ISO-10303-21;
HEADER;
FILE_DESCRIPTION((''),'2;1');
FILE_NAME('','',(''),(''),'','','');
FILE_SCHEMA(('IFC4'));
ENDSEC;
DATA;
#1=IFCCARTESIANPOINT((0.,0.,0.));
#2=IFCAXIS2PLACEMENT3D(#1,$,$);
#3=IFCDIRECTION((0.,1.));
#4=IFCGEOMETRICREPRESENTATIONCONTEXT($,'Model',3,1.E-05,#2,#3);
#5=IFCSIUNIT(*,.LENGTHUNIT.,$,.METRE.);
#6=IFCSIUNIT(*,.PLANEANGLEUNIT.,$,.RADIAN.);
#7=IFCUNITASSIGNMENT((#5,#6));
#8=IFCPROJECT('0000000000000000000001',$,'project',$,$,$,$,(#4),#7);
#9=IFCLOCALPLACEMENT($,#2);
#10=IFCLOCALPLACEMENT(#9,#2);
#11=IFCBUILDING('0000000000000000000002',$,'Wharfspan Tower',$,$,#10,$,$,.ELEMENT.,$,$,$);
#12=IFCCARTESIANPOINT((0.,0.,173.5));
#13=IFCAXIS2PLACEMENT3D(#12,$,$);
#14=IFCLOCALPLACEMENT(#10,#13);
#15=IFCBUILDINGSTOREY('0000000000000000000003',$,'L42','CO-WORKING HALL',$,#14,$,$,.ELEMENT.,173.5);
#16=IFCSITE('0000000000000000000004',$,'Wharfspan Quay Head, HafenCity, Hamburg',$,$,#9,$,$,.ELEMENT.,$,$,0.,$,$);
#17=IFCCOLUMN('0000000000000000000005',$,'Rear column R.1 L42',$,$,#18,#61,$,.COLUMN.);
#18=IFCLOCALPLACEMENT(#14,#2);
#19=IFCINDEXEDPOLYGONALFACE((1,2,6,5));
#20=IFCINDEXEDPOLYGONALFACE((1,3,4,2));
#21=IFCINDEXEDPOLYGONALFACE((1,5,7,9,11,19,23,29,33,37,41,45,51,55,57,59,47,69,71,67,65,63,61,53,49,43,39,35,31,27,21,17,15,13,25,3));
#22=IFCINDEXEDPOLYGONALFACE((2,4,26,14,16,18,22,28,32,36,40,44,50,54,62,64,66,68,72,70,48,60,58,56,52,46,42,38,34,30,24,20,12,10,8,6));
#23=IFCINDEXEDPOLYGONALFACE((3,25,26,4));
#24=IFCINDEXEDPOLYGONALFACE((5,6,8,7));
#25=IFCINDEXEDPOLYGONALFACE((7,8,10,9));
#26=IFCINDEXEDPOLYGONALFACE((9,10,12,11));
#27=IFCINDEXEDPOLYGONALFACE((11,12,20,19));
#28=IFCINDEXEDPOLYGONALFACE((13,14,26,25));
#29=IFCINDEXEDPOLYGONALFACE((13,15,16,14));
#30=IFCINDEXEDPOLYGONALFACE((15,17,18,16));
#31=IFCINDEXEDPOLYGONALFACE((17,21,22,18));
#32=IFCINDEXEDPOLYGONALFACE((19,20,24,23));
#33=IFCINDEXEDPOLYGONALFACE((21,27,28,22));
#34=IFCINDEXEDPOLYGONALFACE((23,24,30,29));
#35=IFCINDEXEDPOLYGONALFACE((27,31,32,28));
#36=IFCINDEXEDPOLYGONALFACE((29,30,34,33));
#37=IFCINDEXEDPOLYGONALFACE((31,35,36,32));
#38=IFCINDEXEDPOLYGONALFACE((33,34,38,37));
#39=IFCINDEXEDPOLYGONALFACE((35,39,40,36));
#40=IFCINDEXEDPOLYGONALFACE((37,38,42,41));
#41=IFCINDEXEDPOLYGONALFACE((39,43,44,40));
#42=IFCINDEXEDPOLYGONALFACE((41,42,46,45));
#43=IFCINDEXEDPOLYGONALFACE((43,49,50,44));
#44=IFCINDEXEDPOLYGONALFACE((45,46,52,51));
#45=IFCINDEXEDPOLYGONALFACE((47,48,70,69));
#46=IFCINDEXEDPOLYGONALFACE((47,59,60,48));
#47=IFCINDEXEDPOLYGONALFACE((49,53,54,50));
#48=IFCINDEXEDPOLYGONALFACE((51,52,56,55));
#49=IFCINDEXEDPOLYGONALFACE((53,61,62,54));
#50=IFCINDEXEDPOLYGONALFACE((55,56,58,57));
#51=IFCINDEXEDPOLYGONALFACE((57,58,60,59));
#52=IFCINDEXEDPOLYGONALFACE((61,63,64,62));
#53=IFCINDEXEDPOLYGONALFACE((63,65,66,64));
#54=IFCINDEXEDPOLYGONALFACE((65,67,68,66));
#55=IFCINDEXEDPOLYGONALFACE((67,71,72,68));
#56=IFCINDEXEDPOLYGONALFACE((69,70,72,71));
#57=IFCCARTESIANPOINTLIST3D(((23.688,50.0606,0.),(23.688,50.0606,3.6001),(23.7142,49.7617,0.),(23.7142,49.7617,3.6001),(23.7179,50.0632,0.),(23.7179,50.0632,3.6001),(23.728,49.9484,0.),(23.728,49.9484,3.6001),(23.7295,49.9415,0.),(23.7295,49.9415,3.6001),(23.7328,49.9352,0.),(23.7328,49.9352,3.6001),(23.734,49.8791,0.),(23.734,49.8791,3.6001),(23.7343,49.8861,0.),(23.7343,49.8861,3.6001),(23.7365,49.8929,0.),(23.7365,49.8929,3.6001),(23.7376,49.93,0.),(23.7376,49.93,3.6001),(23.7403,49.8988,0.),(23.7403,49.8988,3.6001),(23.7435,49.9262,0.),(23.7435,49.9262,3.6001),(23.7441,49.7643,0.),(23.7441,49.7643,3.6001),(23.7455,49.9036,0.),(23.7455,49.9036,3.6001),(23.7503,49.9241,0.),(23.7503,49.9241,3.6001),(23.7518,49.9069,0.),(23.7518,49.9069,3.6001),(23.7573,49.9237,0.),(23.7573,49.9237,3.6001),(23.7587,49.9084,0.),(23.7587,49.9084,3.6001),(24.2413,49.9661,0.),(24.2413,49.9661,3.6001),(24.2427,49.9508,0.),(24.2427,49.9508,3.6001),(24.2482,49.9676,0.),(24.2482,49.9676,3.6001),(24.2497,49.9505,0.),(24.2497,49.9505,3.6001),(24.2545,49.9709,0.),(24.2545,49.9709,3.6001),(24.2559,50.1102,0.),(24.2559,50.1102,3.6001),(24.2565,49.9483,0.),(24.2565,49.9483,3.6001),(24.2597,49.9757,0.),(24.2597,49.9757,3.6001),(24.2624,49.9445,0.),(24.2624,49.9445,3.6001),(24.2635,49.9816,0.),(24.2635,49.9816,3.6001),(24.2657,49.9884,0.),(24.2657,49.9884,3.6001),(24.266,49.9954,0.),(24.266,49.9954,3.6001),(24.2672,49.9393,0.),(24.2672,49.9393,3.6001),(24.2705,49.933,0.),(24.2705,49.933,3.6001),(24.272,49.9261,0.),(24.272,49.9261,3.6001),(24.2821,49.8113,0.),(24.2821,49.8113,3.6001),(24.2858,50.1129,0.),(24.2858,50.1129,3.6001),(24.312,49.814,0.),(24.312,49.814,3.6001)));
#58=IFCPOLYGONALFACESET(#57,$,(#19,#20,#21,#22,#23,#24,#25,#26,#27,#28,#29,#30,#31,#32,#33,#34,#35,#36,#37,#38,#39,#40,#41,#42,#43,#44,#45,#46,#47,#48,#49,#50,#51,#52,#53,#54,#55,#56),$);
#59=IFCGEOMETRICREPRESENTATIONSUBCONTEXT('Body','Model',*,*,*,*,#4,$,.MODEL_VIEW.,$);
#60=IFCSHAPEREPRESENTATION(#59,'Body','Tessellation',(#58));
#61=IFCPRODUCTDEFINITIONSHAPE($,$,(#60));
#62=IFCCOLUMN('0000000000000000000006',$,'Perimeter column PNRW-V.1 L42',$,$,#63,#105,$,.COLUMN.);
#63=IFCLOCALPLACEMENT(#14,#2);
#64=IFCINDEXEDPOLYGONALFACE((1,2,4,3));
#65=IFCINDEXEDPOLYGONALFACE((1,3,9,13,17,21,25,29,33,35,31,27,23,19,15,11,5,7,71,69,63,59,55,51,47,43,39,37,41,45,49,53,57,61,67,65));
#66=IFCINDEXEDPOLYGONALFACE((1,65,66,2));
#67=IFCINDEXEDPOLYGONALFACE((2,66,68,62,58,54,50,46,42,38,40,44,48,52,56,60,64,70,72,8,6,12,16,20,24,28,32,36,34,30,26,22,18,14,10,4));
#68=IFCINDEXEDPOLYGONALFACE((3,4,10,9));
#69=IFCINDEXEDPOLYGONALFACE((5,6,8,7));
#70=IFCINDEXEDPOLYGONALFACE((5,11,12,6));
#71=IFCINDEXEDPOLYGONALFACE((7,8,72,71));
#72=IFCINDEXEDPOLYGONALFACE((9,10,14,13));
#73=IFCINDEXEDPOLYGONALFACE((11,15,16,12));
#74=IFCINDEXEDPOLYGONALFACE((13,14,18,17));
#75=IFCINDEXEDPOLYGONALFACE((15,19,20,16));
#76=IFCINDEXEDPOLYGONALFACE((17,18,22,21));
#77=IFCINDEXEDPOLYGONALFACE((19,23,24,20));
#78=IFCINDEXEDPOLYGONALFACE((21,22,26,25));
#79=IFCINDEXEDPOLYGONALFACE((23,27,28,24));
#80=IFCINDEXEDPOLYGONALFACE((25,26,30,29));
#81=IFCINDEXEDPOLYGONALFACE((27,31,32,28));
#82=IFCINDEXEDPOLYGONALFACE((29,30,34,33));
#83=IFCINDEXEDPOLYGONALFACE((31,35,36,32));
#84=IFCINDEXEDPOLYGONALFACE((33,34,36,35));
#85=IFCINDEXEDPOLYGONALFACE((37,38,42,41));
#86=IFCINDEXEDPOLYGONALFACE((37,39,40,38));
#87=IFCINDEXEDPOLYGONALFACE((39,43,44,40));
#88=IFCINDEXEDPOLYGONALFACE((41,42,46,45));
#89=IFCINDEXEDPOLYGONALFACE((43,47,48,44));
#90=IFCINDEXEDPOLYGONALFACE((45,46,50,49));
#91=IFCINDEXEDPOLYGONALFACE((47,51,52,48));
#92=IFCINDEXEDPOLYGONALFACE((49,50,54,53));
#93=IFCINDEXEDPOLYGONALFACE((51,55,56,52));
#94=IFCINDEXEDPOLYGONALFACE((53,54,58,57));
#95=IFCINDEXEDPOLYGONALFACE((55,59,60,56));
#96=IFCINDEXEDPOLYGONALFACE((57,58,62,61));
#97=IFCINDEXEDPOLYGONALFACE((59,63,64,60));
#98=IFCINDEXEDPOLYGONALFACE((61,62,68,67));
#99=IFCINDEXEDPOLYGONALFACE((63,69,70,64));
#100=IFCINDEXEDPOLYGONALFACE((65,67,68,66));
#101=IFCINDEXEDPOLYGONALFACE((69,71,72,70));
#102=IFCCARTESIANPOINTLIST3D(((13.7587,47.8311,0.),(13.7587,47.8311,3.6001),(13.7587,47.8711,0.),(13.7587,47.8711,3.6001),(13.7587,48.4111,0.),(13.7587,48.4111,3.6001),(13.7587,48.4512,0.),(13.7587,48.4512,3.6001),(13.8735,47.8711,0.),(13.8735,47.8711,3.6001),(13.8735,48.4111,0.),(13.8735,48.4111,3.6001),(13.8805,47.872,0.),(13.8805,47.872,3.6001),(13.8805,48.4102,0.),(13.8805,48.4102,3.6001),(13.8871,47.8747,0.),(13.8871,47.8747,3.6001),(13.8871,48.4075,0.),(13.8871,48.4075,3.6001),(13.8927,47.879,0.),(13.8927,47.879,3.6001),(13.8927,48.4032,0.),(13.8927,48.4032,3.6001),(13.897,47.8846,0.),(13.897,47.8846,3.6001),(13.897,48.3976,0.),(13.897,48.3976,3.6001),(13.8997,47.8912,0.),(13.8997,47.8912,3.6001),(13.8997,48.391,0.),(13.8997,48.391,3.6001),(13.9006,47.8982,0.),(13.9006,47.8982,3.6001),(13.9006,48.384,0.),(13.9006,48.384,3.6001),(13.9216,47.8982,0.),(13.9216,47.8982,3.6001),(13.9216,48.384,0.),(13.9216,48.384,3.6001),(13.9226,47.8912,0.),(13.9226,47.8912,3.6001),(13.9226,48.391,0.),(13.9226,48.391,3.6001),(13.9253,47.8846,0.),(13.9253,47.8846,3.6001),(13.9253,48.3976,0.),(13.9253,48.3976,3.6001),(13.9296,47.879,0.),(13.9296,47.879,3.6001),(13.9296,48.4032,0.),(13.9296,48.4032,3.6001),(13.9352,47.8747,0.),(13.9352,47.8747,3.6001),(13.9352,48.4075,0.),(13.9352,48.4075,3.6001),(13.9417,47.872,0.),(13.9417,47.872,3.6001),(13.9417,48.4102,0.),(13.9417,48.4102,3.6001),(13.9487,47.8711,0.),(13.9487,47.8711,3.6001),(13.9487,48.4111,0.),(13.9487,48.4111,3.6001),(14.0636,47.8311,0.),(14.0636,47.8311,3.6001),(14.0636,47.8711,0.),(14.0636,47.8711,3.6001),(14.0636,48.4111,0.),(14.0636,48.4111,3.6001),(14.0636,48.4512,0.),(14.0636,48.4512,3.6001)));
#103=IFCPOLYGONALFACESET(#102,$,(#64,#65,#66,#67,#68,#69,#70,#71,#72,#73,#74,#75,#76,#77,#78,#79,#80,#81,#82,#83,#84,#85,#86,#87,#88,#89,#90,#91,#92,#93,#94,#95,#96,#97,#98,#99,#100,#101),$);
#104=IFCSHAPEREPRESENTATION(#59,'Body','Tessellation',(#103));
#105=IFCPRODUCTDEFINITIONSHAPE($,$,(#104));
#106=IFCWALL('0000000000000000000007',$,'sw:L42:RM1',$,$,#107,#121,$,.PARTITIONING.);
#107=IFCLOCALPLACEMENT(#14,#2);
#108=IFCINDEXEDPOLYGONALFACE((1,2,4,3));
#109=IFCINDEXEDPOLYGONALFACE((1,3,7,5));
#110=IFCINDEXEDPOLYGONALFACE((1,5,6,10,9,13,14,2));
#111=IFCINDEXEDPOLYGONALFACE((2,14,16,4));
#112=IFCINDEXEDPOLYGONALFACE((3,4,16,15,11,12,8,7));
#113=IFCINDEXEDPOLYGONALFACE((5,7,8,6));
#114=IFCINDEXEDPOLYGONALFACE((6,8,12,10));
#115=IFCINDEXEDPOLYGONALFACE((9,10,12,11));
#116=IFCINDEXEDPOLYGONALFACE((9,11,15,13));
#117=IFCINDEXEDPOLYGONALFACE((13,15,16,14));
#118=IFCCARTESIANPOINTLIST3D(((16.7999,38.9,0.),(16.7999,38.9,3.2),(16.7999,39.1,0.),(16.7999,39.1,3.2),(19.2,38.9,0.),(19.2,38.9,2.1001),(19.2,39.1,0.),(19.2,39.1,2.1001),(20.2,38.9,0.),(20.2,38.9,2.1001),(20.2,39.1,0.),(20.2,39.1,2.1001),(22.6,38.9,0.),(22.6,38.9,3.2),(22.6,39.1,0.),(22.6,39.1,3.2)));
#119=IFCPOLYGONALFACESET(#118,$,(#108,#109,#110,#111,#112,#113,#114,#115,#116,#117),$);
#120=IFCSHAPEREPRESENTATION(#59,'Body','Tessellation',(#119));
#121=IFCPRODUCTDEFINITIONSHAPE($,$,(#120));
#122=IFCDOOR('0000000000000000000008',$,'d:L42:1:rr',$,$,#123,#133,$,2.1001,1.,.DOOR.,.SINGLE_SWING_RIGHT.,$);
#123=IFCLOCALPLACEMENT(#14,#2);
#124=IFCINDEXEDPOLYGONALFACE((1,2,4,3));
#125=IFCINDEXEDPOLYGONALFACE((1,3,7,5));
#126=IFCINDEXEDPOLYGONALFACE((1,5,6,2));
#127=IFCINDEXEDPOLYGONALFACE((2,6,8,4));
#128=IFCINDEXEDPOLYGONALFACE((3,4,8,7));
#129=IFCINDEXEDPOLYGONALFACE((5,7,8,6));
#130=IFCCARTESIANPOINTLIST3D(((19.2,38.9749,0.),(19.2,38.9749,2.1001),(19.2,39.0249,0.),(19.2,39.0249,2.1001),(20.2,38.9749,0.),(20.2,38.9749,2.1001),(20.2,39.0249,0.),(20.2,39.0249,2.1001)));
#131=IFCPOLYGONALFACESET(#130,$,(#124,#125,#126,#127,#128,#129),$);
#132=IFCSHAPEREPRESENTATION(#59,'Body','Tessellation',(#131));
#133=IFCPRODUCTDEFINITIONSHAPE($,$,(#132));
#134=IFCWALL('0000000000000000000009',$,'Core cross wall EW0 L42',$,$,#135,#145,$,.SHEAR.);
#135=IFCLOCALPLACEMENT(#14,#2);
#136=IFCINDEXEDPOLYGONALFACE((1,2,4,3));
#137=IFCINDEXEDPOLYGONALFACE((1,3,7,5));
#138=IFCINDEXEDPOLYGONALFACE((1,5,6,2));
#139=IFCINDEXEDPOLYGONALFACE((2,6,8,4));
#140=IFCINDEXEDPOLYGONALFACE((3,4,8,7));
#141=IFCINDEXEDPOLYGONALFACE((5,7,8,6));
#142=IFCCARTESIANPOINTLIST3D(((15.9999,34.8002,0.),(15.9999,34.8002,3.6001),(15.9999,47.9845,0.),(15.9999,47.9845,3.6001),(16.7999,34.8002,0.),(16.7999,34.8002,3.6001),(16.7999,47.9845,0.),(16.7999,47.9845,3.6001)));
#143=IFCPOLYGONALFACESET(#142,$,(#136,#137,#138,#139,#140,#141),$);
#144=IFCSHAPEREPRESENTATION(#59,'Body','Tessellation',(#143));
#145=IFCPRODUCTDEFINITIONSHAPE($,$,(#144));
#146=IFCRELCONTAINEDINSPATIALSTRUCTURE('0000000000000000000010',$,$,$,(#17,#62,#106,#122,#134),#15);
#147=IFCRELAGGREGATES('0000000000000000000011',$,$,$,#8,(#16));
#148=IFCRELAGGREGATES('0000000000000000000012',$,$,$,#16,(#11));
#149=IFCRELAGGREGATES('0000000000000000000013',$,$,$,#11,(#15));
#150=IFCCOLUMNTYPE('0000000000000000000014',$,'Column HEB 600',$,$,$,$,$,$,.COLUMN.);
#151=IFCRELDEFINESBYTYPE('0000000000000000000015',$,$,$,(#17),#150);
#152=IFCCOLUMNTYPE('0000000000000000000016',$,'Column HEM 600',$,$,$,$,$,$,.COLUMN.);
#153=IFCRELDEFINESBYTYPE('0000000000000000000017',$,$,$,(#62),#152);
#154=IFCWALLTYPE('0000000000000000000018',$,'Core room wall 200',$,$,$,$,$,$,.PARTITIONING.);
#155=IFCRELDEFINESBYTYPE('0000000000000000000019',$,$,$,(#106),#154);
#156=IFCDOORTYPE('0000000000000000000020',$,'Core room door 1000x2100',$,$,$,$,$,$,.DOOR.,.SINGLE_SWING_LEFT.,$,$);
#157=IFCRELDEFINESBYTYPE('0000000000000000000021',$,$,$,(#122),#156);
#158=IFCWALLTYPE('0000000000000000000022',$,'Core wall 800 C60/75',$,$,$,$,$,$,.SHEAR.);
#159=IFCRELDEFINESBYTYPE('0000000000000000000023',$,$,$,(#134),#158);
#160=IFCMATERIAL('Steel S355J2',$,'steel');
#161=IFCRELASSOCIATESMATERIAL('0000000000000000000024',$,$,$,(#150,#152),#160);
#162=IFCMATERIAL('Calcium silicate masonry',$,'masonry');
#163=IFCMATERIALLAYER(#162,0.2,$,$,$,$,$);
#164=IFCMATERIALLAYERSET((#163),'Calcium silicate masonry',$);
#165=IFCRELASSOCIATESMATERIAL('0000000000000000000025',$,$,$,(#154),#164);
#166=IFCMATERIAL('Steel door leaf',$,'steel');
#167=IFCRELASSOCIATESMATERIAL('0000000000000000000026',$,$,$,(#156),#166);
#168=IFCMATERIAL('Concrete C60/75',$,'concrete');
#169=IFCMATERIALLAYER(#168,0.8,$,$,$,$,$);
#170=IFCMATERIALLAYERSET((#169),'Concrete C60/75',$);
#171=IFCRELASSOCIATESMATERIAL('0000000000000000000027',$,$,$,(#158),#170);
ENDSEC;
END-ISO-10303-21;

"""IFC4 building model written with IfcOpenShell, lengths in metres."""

from ifc_helpers import new_model, si_unit, direction, frame, frame_2d, origin, origin_2d, place, context, subcontext, project, spatial, rectangle, i_section, extrude, material, layer, layer_set, material_profile, profile_set, type_object, element, fill, save


model = new_model("IFC4")

# Units and contexts
model_context = context("Model", 3, precision=1e-05, world=origin(), true_north=direction((0.0, 1.0)))
body_context = subcontext(model_context, "Body", "Model", "MODEL_VIEW")
ifc_project = project(units=[si_unit("LENGTHUNIT", "METRE"), si_unit("PLANEANGLEUNIT", "RADIAN")], contexts=[model_context])

# Site, building, storey
site_placement = place(None, origin())
site = spatial("IfcSite", under=ifc_project, at=site_placement, Name="Wharfspan Quay Head, HafenCity, Hamburg", CompositionType="ELEMENT", RefElevation=0.0)
building_placement = place(site_placement, origin())
building = spatial("IfcBuilding", under=site, at=building_placement, Name="Wharfspan Tower", CompositionType="ELEMENT")
storey_placement = place(building_placement, frame((0.0, 0.0, 173.5)))
storey = spatial("IfcBuildingStorey", under=building, at=storey_placement, Name="L42", Description="CO-WORKING HALL", CompositionType="ELEMENT", Elevation=173.5)

# Columns
ifc_material_1 = material(Name="Steel S355J2", Category="steel")
ifc_material_profile_1 = material_profile(ifc_material_1, i_section(OverallWidth=0.3, OverallDepth=0.6001, WebThickness=0.0154, FlangeThickness=0.03, FilletRadius=0.0271, at=origin_2d()))
ifc_profile_set_1 = profile_set([ifc_material_profile_1], Name="Steel S355J2")
column_type_1 = type_object("IfcColumnType", Name="Column HEB 600", PredefinedType="COLUMN", material=ifc_profile_set_1)
column_1_placement = place(storey_placement, frame((24.0, 49.9373, 0.0), z_axis=(0.0, 0.0, 1.0), x_axis=(-0.087156, 0.996198, 0.0)))
element("IfcColumn", 1, at=column_1_placement, inside=storey, type_object=column_type_1, Name="Rear column R.1 L42", PredefinedType="COLUMN", context=body_context, shape_type="SweptSolid", body=[
    extrude(i_section(OverallWidth=0.3, OverallDepth=0.6001, WebThickness=0.0154, FlangeThickness=0.03, FilletRadius=0.0271, at=origin_2d()), origin(), (0.0, 0.0, 1.0), 3.6001),
])
ifc_material_profile_2 = material_profile(ifc_material_1, i_section(OverallWidth=0.3049, OverallDepth=0.6201, WebThickness=0.021, FlangeThickness=0.04, FilletRadius=0.0271, at=origin_2d()))
ifc_profile_set_2 = profile_set([ifc_material_profile_2], Name="Steel S355J2")
column_type_2 = type_object("IfcColumnType", Name="Column HEM 600", PredefinedType="COLUMN", material=ifc_profile_set_2)
column_2_placement = place(storey_placement, frame((13.9111, 48.1411, 0.0), z_axis=(0.0, 0.0, 1.0), x_axis=(-1.0, 0.0, 0.0)))
element("IfcColumn", 2, at=column_2_placement, inside=storey, type_object=column_type_2, Name="Perimeter column PNRW-V.1 L42", PredefinedType="COLUMN", context=body_context, shape_type="SweptSolid", body=[
    extrude(i_section(OverallWidth=0.3049, OverallDepth=0.6201, WebThickness=0.021, FlangeThickness=0.04, FilletRadius=0.0271, at=origin_2d()), origin(), (0.0, 0.0, 1.0), 3.6001),
])

# Wall, opening, door
ifc_material_2 = material(Name="Calcium silicate masonry", Category="masonry")
ifc_layer_1 = layer(ifc_material_2, 0.2)
ifc_layer_set_1 = layer_set([ifc_layer_1], Name="Calcium silicate masonry")
wall_type_1 = type_object("IfcWallType", Name="Core room wall 200", PredefinedType="PARTITIONING", material=ifc_layer_set_1)
wall_1_placement = place(storey_placement, frame((16.8, 39.0, 0.0), z_axis=(0.0, 0.0, 1.0), x_axis=(1.0, 0.0, 0.0)))
wall_1 = element("IfcWall", 3, at=wall_1_placement, inside=storey, type_object=wall_type_1, Name="sw:L42:RM1", PredefinedType="PARTITIONING", context=body_context, shape_type="SweptSolid", body=[
    extrude(rectangle(XDim=5.8, YDim=0.2, at=frame_2d((2.8999, 0.0))), origin(), (0.0, 0.0, 1.0), 3.2),
])
opening_1_placement = place(wall_1_placement, frame((2.3999, 0.0, 0.0)))
opening_1 = element("IfcOpeningElement", 4, at=opening_1_placement, cuts=wall_1, PredefinedType="OPENING", context=body_context, shape_type="SweptSolid", body=[
    extrude(rectangle(XDim=1.0, YDim=2.1001, at=frame_2d((0.5, 1.05))), frame((0.0, 0.1099, 0.0), z_axis=(0.0, -1.0, 0.0), x_axis=(1.0, 0.0, 0.0)), (0.0, 0.0, 1.0), 0.22),
])
ifc_material_3 = material(Name="Steel door leaf", Category="steel")
door_type_1 = type_object("IfcDoorType", Name="Core room door 1000x2100", OperationType="SINGLE_SWING_LEFT", PredefinedType="DOOR", material=ifc_material_3)
door_1_placement = place(opening_1_placement, origin())
door_1 = element("IfcDoor", 5, at=door_1_placement, inside=storey, type_object=door_type_1, Name="d:L42:1:rr", OperationType="SINGLE_SWING_RIGHT", OverallHeight=2.1001, OverallWidth=1.0, PredefinedType="DOOR", context=body_context, shape_type="SweptSolid", body=[
    extrude(rectangle(XDim=1.0, YDim=2.1001, at=frame_2d((0.5, 1.05))), frame((0.0, 0.0249, 0.0), z_axis=(0.0, -1.0, 0.0), x_axis=(1.0, 0.0, 0.0)), (0.0, 0.0, 1.0), 0.05),
])
fill(opening_1, door_1)

# Wall
ifc_material_4 = material(Name="Concrete C60/75", Category="concrete")
ifc_layer_2 = layer(ifc_material_4, 0.8)
ifc_layer_set_2 = layer_set([ifc_layer_2], Name="Concrete C60/75")
wall_type_2 = type_object("IfcWallType", Name="Core wall 800 C60/75", PredefinedType="SHEAR", material=ifc_layer_set_2)
wall_2_placement = place(storey_placement, frame((16.3999, 34.8, 0.0), z_axis=(0.0, 0.0, 1.0), x_axis=(0.0, 1.0, 0.0)))
element("IfcWall", 6, at=wall_2_placement, inside=storey, type_object=wall_type_2, Name="Core cross wall EW0 L42", PredefinedType="SHEAR", context=body_context, shape_type="SweptSolid", body=[
    extrude(rectangle(XDim=13.1843, YDim=0.8, at=frame_2d((6.5923, 0.0))), origin(), (0.0, 0.0, 1.0), 3.6001),
])

save(model, "model.ifc")
